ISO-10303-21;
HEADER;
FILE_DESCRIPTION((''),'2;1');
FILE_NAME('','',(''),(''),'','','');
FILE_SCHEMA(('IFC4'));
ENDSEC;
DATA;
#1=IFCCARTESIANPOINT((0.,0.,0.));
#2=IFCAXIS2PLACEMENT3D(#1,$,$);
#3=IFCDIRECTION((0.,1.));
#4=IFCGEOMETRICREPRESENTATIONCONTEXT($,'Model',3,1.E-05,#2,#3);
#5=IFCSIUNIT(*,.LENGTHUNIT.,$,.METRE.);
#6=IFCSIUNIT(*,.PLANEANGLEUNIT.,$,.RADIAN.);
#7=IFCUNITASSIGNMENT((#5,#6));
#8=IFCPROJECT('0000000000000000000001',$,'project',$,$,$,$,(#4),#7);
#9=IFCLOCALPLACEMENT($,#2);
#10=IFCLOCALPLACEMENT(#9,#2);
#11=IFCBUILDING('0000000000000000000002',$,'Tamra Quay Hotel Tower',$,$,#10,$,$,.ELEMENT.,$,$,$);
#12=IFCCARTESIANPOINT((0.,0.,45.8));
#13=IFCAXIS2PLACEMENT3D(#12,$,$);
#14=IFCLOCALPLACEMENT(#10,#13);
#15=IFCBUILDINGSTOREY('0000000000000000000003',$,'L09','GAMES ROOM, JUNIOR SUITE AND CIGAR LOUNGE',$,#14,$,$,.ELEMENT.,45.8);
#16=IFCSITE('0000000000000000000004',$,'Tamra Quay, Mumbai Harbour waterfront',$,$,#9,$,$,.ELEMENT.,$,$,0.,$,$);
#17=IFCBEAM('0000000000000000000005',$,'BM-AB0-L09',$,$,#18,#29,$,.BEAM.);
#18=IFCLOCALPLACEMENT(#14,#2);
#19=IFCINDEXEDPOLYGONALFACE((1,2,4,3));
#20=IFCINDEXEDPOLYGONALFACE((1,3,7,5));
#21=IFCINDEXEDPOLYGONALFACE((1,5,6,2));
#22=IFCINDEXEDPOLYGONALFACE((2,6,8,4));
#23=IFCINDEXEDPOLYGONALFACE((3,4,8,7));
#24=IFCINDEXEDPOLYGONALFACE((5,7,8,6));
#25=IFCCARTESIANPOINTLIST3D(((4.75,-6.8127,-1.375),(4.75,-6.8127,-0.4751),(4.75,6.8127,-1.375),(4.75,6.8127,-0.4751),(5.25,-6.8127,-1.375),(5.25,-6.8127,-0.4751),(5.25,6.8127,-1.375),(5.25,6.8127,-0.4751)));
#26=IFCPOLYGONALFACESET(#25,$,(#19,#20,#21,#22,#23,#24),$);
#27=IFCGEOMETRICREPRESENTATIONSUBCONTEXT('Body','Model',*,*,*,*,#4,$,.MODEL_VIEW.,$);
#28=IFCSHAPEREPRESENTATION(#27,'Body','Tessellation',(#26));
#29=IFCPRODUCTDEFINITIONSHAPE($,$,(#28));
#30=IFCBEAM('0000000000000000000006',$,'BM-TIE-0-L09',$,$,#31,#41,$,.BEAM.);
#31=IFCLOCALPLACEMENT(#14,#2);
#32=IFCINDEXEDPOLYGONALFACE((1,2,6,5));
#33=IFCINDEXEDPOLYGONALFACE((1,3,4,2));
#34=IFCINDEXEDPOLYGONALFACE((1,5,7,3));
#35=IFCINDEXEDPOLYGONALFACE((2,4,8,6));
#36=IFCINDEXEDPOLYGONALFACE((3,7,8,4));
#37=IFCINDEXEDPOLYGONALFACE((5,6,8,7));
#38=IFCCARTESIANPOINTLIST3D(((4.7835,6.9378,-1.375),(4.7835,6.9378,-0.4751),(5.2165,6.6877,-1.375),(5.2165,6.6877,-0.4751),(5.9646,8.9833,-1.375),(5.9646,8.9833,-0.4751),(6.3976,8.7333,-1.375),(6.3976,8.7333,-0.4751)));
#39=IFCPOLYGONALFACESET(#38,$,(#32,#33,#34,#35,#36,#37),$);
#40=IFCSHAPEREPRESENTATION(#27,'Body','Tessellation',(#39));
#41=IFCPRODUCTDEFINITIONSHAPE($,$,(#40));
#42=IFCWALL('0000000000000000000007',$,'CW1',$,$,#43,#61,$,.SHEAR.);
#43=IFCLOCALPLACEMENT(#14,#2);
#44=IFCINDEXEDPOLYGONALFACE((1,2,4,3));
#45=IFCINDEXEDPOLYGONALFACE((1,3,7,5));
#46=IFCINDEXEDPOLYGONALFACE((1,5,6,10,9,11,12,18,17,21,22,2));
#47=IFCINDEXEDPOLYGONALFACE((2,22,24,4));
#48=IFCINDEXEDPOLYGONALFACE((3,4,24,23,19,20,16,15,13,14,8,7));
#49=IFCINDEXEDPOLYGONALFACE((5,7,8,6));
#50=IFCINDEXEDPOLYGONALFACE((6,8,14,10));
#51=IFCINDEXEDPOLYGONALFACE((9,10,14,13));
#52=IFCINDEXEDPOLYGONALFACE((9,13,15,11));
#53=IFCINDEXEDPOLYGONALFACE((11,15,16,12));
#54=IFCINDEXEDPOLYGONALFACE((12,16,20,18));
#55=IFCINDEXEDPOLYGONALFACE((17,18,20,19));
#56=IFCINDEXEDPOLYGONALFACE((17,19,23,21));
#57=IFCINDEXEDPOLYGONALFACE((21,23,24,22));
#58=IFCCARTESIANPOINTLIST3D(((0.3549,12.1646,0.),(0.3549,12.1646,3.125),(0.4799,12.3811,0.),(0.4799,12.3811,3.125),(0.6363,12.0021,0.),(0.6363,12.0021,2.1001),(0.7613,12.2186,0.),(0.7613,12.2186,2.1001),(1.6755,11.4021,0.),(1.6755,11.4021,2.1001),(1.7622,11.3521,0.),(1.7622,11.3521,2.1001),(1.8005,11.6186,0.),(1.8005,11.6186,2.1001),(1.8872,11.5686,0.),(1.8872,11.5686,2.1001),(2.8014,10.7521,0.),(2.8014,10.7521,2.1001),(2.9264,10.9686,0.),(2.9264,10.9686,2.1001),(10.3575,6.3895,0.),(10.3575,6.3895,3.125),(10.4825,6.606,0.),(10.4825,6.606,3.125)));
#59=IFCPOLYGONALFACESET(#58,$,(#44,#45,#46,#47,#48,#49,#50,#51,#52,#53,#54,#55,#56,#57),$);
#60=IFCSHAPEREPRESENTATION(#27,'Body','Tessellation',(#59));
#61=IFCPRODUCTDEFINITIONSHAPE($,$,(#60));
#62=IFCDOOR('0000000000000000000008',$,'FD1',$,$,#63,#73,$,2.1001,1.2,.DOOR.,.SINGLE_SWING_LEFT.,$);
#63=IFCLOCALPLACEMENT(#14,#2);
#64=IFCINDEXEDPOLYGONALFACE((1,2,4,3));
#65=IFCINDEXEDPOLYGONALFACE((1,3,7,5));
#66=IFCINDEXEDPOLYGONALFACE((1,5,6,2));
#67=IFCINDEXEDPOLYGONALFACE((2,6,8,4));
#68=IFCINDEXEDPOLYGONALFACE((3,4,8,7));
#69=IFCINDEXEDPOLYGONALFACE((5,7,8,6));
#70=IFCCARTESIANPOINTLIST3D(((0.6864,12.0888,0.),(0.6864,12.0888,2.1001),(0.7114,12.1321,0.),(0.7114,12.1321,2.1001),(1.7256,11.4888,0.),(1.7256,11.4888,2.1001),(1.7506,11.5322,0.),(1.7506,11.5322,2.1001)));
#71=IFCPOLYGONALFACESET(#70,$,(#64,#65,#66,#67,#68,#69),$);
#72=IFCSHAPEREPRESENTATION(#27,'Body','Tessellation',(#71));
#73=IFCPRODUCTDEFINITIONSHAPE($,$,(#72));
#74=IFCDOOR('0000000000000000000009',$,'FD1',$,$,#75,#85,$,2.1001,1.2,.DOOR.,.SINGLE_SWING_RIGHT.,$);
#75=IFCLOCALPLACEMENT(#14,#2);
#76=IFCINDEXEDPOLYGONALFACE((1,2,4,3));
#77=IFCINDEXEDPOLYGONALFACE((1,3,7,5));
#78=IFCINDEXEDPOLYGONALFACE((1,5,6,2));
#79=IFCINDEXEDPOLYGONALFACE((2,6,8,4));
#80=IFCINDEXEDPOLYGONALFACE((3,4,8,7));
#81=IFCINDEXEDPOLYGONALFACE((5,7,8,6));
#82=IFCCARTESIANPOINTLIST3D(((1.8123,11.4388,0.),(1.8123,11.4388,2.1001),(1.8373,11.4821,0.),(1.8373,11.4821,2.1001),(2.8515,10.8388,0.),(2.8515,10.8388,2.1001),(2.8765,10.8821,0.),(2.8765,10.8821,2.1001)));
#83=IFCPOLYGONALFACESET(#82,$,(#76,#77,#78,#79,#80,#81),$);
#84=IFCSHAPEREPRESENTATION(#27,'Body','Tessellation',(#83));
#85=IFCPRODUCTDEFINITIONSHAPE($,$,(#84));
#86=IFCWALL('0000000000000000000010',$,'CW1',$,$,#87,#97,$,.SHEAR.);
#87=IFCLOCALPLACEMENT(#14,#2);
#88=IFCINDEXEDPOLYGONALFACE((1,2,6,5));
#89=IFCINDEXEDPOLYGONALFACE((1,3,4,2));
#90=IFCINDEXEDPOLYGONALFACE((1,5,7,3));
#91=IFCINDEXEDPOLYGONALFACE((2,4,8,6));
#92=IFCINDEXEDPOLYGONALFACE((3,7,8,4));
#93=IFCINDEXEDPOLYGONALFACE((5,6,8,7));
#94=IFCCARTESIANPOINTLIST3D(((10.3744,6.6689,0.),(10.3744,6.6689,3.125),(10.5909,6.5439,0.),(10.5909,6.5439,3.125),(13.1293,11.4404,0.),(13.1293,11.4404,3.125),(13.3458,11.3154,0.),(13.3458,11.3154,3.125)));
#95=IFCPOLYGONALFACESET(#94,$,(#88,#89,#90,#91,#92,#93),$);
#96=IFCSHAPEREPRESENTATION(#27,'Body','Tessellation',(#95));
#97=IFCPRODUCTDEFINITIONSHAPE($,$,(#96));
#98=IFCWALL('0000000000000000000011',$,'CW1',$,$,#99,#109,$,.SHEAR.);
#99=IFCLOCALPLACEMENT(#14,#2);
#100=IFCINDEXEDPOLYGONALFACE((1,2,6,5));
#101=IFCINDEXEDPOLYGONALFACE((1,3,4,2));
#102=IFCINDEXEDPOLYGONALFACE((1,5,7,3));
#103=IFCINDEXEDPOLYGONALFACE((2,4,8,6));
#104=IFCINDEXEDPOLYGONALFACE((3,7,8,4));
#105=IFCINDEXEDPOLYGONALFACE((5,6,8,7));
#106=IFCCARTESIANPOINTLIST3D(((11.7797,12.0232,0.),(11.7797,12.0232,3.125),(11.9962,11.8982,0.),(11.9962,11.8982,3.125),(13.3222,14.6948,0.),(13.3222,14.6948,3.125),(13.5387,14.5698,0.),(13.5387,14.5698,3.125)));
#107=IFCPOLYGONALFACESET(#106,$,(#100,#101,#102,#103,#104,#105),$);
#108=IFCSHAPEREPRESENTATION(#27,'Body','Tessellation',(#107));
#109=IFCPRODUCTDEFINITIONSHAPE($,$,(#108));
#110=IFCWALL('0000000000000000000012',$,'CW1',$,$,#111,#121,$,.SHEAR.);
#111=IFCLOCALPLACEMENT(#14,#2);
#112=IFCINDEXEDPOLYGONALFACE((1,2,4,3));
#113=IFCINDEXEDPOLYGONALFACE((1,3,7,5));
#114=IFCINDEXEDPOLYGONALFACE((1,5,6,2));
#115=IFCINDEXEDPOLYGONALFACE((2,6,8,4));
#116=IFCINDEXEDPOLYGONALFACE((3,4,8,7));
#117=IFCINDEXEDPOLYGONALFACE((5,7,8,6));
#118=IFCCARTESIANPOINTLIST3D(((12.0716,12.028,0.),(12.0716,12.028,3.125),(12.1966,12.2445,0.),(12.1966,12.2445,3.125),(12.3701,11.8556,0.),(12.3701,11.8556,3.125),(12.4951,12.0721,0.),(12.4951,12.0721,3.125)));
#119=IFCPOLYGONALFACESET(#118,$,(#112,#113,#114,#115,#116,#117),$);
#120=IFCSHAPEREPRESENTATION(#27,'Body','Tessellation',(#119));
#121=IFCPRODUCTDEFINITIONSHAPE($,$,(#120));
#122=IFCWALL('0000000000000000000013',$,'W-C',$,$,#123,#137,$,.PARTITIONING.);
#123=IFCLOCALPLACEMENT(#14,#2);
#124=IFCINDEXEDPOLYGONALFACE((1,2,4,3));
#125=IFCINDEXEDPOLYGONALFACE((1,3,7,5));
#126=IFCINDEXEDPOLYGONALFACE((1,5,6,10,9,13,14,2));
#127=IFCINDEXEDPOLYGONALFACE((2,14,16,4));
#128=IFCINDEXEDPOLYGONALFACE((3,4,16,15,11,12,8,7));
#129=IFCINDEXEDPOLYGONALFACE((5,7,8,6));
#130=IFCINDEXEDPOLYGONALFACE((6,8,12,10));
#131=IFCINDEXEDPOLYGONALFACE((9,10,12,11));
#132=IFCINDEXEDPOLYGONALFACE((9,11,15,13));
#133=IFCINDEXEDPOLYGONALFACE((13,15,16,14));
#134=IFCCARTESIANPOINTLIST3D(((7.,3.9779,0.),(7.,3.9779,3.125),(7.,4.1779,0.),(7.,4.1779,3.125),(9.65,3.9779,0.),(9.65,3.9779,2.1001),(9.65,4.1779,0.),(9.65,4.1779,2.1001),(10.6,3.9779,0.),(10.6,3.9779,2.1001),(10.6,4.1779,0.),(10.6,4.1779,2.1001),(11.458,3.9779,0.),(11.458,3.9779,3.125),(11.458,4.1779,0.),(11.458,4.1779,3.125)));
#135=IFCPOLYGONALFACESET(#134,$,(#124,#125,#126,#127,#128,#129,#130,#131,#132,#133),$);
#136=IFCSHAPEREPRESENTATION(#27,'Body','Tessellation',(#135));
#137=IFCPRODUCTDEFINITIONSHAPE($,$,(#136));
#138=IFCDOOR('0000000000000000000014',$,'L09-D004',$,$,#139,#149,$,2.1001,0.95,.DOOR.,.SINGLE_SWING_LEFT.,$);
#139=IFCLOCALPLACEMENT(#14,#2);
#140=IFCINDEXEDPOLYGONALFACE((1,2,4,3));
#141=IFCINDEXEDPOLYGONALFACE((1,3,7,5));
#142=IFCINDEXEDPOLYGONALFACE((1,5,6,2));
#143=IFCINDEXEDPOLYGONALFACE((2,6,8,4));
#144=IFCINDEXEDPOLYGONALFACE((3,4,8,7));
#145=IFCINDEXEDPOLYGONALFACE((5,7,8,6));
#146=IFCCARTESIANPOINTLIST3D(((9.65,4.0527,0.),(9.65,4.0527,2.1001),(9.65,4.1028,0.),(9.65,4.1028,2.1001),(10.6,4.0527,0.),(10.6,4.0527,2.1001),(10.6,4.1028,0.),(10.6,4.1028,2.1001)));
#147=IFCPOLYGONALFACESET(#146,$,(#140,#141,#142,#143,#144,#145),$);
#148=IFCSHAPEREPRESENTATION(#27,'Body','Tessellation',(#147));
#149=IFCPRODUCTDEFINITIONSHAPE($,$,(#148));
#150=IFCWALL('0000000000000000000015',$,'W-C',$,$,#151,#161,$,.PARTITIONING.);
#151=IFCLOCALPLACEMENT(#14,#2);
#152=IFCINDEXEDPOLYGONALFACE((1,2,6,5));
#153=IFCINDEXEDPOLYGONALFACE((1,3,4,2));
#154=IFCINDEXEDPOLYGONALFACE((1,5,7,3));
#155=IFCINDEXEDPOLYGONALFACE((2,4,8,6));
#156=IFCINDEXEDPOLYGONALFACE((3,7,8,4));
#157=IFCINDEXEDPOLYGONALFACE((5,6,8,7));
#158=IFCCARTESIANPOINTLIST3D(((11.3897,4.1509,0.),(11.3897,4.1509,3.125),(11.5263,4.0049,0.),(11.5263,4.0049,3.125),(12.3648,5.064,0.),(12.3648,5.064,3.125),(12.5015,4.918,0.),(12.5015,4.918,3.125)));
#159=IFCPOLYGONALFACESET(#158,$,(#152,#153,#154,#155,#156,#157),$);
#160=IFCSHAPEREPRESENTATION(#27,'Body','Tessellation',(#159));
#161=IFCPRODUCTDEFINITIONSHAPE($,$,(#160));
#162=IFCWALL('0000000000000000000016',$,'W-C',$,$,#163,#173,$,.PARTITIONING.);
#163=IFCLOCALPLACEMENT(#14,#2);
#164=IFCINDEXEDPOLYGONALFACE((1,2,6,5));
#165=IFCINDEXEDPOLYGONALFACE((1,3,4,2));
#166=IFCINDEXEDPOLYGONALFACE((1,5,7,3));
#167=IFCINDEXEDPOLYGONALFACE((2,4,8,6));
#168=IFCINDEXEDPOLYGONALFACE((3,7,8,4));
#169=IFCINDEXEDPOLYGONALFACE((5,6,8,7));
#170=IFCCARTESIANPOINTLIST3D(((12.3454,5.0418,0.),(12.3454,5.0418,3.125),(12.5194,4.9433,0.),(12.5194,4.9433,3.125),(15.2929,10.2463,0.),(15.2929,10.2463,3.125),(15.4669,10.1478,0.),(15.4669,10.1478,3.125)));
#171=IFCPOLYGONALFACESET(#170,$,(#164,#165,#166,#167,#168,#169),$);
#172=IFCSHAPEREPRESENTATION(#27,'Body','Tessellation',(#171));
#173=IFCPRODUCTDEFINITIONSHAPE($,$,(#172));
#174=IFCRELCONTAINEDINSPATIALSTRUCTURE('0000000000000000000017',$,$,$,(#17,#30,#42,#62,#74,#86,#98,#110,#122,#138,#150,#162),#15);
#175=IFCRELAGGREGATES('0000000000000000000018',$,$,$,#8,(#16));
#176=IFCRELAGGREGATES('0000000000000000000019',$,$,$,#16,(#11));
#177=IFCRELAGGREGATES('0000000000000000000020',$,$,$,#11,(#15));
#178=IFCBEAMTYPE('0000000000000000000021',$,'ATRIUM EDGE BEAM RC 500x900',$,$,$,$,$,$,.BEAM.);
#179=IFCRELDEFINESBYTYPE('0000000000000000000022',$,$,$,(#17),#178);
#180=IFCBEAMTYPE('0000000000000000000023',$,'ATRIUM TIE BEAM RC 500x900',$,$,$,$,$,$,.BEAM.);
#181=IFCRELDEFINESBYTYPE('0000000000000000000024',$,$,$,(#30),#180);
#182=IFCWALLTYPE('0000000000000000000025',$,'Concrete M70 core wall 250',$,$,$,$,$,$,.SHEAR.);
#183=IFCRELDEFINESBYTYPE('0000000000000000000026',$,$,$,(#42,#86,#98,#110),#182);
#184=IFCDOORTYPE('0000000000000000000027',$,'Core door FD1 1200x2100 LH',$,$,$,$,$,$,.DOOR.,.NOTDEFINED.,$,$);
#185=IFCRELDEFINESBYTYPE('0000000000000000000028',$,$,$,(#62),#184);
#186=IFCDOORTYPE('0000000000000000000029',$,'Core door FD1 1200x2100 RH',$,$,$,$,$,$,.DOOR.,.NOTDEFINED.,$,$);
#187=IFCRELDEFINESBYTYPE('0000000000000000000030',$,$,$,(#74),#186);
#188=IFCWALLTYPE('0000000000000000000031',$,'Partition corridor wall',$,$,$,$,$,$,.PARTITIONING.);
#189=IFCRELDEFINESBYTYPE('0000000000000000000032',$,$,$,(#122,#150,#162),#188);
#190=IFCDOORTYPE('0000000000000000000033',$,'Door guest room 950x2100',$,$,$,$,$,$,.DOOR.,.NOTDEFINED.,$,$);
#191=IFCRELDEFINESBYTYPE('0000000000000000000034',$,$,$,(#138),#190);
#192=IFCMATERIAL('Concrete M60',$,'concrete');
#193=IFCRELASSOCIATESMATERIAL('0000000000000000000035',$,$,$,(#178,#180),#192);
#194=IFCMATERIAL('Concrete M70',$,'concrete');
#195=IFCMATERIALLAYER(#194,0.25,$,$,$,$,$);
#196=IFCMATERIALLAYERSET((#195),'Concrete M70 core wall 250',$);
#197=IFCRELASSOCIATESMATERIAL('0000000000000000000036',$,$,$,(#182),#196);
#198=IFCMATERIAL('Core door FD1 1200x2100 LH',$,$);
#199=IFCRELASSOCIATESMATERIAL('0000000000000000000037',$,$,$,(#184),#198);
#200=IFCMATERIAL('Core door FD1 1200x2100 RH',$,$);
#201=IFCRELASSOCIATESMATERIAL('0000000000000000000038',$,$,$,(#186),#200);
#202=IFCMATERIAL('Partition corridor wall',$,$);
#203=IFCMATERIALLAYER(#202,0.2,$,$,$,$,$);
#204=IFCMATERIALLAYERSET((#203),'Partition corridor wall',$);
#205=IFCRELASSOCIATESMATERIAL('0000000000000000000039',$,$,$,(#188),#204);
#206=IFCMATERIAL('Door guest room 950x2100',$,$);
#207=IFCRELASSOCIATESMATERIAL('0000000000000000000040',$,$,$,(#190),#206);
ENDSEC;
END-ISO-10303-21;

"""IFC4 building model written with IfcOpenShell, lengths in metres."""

from ifc_helpers import new_model, si_unit, direction, frame, frame_2d, origin, origin_2d, place, context, subcontext, project, spatial, rectangle, extrude, material, layer, layer_set, material_profile, profile_set, type_object, element, fill, save


model = new_model("IFC4")

# Units and contexts
model_context = context("Model", 3, precision=1e-05, world=origin(), true_north=direction((0.0, 1.0)))
body_context = subcontext(model_context, "Body", "Model", "MODEL_VIEW")
ifc_project = project(units=[si_unit("LENGTHUNIT", "METRE"), si_unit("PLANEANGLEUNIT", "RADIAN")], contexts=[model_context])

# Site, building, storey
site_placement = place(None, origin())
site = spatial("IfcSite", under=ifc_project, at=site_placement, Name="Tamra Quay, Mumbai Harbour waterfront", CompositionType="ELEMENT", RefElevation=0.0)
building_placement = place(site_placement, origin())
building = spatial("IfcBuilding", under=site, at=building_placement, Name="Tamra Quay Hotel Tower", CompositionType="ELEMENT")
storey_placement = place(building_placement, frame((0.0, 0.0, 45.8)))
storey = spatial("IfcBuildingStorey", under=building, at=storey_placement, Name="L09", Description="GAMES ROOM, JUNIOR SUITE AND CIGAR LOUNGE", CompositionType="ELEMENT", Elevation=45.8)

# Beams
ifc_material_1 = material(Name="Concrete M60", Category="concrete")
ifc_material_profile_1 = material_profile(ifc_material_1, rectangle(XDim=0.5, YDim=0.8999, at=origin_2d()), Name="ATRIUM EDGE BEAM RC 500x900")
ifc_profile_set_1 = profile_set([ifc_material_profile_1], Name="Concrete M60")
beam_type_1 = type_object("IfcBeamType", Name="ATRIUM EDGE BEAM RC 500x900", PredefinedType="BEAM", material=ifc_profile_set_1)
beam_1_placement = place(storey_placement, frame((5.0, 6.8127, -0.925), z_axis=(0.0, -1.0, 0.0), x_axis=(1.0, 0.0, 0.0)))
element("IfcBeam", 1, at=beam_1_placement, inside=storey, type_object=beam_type_1, Name="BM-AB0-L09", PredefinedType="BEAM", context=body_context, shape_type="SweptSolid", body=[
    extrude(rectangle(XDim=0.5, YDim=0.8999, at=origin_2d()), origin(), (0.0, 0.0, 1.0), 13.6255),
])
ifc_material_profile_2 = material_profile(ifc_material_1, rectangle(XDim=0.5, YDim=0.8999, at=origin_2d()), Name="ATRIUM TIE BEAM RC 500x900")
ifc_profile_set_2 = profile_set([ifc_material_profile_2], Name="Concrete M60")
beam_type_2 = type_object("IfcBeamType", Name="ATRIUM TIE BEAM RC 500x900", PredefinedType="BEAM", material=ifc_profile_set_2)
beam_2_placement = place(storey_placement, frame((5.0, 6.8127, -0.925), z_axis=(0.50003, 0.866008, 0.0), x_axis=(-0.866008, 0.50003, 0.0)))
element("IfcBeam", 2, at=beam_2_placement, inside=storey, type_object=beam_type_2, Name="BM-TIE-0-L09", PredefinedType="BEAM", context=body_context, shape_type="SweptSolid", body=[
    extrude(rectangle(XDim=0.5, YDim=0.8999, at=origin_2d()), origin(), (0.0, 0.0, 1.0), 2.3621),
])

# Wall, openings, doors
ifc_material_2 = material(Name="Concrete M70", Category="concrete")
ifc_layer_1 = layer(ifc_material_2, 0.25)
ifc_layer_set_1 = layer_set([ifc_layer_1], Name="Concrete M70 core wall 250")
wall_type_1 = type_object("IfcWallType", Name="Concrete M70 core wall 250", PredefinedType="SHEAR", material=ifc_layer_set_1)
wall_1_placement = place(storey_placement, frame((10.4199, 6.4978, 0.0), z_axis=(0.0, 0.0, 1.0), x_axis=(-0.866022, 0.500006, 0.0)))
wall_1 = element("IfcWall", 3, at=wall_1_placement, inside=storey, type_object=wall_type_1, Name="CW1", PredefinedType="SHEAR", context=body_context, shape_type="SweptSolid", body=[
    extrude(rectangle(XDim=11.55, YDim=0.25, at=frame_2d((5.7749, 0.0))), origin(), (0.0, 0.0, 1.0), 3.125),
])
opening_1_placement = place(wall_1_placement, frame((10.0249, 0.0, 0.0)))
opening_1 = element("IfcOpeningElement", 4, at=opening_1_placement, cuts=wall_1, PredefinedType="OPENING", context=body_context, shape_type="SweptSolid", body=[
    extrude(rectangle(XDim=1.2, YDim=2.1001, at=frame_2d((0.6001, 1.05))), frame((0.0, 0.135, 0.0), z_axis=(0.0, -1.0, 0.0), x_axis=(1.0, 0.0, 0.0)), (0.0, 0.0, 1.0), 0.27),
])
opening_2_placement = place(wall_1_placement, frame((8.7249, 0.0, 0.0)))
opening_2 = element("IfcOpeningElement", 5, at=opening_2_placement, cuts=wall_1, PredefinedType="OPENING", context=body_context, shape_type="SweptSolid", body=[
    extrude(rectangle(XDim=1.2, YDim=2.1001, at=frame_2d((0.6001, 1.05))), frame((0.0, 0.135, 0.0), z_axis=(0.0, -1.0, 0.0), x_axis=(1.0, 0.0, 0.0)), (0.0, 0.0, 1.0), 0.27),
])
ifc_material_3 = material(Name="Core door FD1 1200x2100 LH")
door_type_1 = type_object("IfcDoorType", Name="Core door FD1 1200x2100 LH", OperationType="NOTDEFINED", PredefinedType="DOOR", material=ifc_material_3)
door_1_placement = place(opening_1_placement, origin())
door_1 = element("IfcDoor", 6, at=door_1_placement, inside=storey, type_object=door_type_1, Name="FD1", OperationType="SINGLE_SWING_LEFT", OverallHeight=2.1001, OverallWidth=1.2, PredefinedType="DOOR", context=body_context, shape_type="SweptSolid", body=[
    extrude(rectangle(XDim=1.2, YDim=2.1001, at=frame_2d((0.6001, 1.05))), frame((0.0, 0.0249, 0.0), z_axis=(0.0, -1.0, 0.0), x_axis=(1.0, 0.0, 0.0)), (0.0, 0.0, 1.0), 0.05),
])
fill(opening_1, door_1)
ifc_material_4 = material(Name="Core door FD1 1200x2100 RH")
door_type_2 = type_object("IfcDoorType", Name="Core door FD1 1200x2100 RH", OperationType="NOTDEFINED", PredefinedType="DOOR", material=ifc_material_4)
door_2_placement = place(opening_2_placement, origin())
door_2 = element("IfcDoor", 7, at=door_2_placement, inside=storey, type_object=door_type_2, Name="FD1", OperationType="SINGLE_SWING_RIGHT", OverallHeight=2.1001, OverallWidth=1.2, PredefinedType="DOOR", context=body_context, shape_type="SweptSolid", body=[
    extrude(rectangle(XDim=1.2, YDim=2.1001, at=frame_2d((0.6001, 1.05))), frame((0.0, 0.0249, 0.0), z_axis=(0.0, -1.0, 0.0), x_axis=(1.0, 0.0, 0.0)), (0.0, 0.0, 1.0), 0.05),
])
fill(opening_2, door_2)

# Walls
wall_2_placement = place(storey_placement, frame((13.2375, 11.3779, 0.0), z_axis=(0.0, 0.0, 1.0), x_axis=(-0.500009, -0.86602, 0.0)))
element("IfcWall", 8, at=wall_2_placement, inside=storey, type_object=wall_type_1, Name="CW1", PredefinedType="SHEAR", context=body_context, shape_type="SweptSolid", body=[
    extrude(rectangle(XDim=5.5098, YDim=0.25, at=frame_2d((2.7549, 0.0))), origin(), (0.0, 0.0, 1.0), 3.125),
])
wall_3_placement = place(storey_placement, frame((11.8879, 11.9607, 0.0), z_axis=(0.0, 0.0, 1.0), x_axis=(0.500003, 0.866023, 0.0)))
element("IfcWall", 9, at=wall_3_placement, inside=storey, type_object=wall_type_1, Name="CW1", PredefinedType="SHEAR", context=body_context, shape_type="SweptSolid", body=[
    extrude(rectangle(XDim=3.085, YDim=0.25, at=frame_2d((1.5425, 0.0))), origin(), (0.0, 0.0, 1.0), 3.125),
])
wall_4_placement = place(storey_placement, frame((12.4326, 11.9639, 0.0), z_axis=(0.0, 0.0, 1.0), x_axis=(-0.866056, 0.499947, 0.0)))
element("IfcWall", 10, at=wall_4_placement, inside=storey, type_object=wall_type_1, Name="CW1", PredefinedType="SHEAR", context=body_context, shape_type="SweptSolid", body=[
    extrude(rectangle(XDim=0.3447, YDim=0.25, at=frame_2d((0.1724, 0.0))), origin(), (0.0, 0.0, 1.0), 3.125),
])

# Wall, opening, door
ifc_material_5 = material(Name="Partition corridor wall")
ifc_layer_2 = layer(ifc_material_5, 0.2)
ifc_layer_set_2 = layer_set([ifc_layer_2], Name="Partition corridor wall")
wall_type_2 = type_object("IfcWallType", Name="Partition corridor wall", PredefinedType="PARTITIONING", material=ifc_layer_set_2)
wall_5_placement = place(storey_placement, frame((7.0, 4.0779, 0.0), z_axis=(0.0, 0.0, 1.0), x_axis=(1.0, 0.0, 0.0)))
wall_5 = element("IfcWall", 11, at=wall_5_placement, inside=storey, type_object=wall_type_2, Name="W-C", PredefinedType="PARTITIONING", context=body_context, shape_type="SweptSolid", body=[
    extrude(rectangle(XDim=4.458, YDim=0.2, at=frame_2d((2.229, 0.0))), origin(), (0.0, 0.0, 1.0), 3.125),
])
opening_3_placement = place(wall_5_placement, frame((2.6499, 0.0, 0.0)))
opening_3 = element("IfcOpeningElement", 12, at=opening_3_placement, cuts=wall_5, PredefinedType="OPENING", context=body_context, shape_type="SweptSolid", body=[
    extrude(rectangle(XDim=0.95, YDim=2.1001, at=frame_2d((0.4751, 1.05))), frame((0.0, 0.1099, 0.0), z_axis=(0.0, -1.0, 0.0), x_axis=(1.0, 0.0, 0.0)), (0.0, 0.0, 1.0), 0.22),
])
ifc_material_6 = material(Name="Door guest room 950x2100")
door_type_3 = type_object("IfcDoorType", Name="Door guest room 950x2100", OperationType="NOTDEFINED", PredefinedType="DOOR", material=ifc_material_6)
door_3_placement = place(opening_3_placement, origin())
door_3 = element("IfcDoor", 13, at=door_3_placement, inside=storey, type_object=door_type_3, Name="L09-D004", OperationType="SINGLE_SWING_LEFT", OverallHeight=2.1001, OverallWidth=0.95, PredefinedType="DOOR", context=body_context, shape_type="SweptSolid", body=[
    extrude(rectangle(XDim=0.95, YDim=2.1001, at=frame_2d((0.4751, 1.05))), frame((0.0, 0.0249, 0.0), z_axis=(0.0, -1.0, 0.0), x_axis=(1.0, 0.0, 0.0)), (0.0, 0.0, 1.0), 0.05),
])
fill(opening_3, door_3)

# Walls
wall_6_placement = place(storey_placement, frame((11.458, 4.0779, 0.0), z_axis=(0.0, 0.0, 1.0), x_axis=(0.729936, 0.683515, 0.0)))
element("IfcWall", 14, at=wall_6_placement, inside=storey, type_object=wall_type_2, Name="W-C", PredefinedType="PARTITIONING", context=body_context, shape_type="SweptSolid", body=[
    extrude(rectangle(XDim=1.3359, YDim=0.2, at=frame_2d((0.668, 0.0))), origin(), (0.0, 0.0, 1.0), 3.125),
])
wall_7_placement = place(storey_placement, frame((12.4324, 4.9924, 0.0), z_axis=(0.0, 0.0, 1.0), x_axis=(0.49279, 0.870148, 0.0)))
element("IfcWall", 15, at=wall_7_placement, inside=storey, type_object=wall_type_2, Name="W-C", PredefinedType="PARTITIONING", context=body_context, shape_type="SweptSolid", body=[
    extrude(rectangle(XDim=5.9812, YDim=0.2, at=frame_2d((2.9907, 0.0))), origin(), (0.0, 0.0, 1.0), 3.125),
])

save(model, "model.ifc")
